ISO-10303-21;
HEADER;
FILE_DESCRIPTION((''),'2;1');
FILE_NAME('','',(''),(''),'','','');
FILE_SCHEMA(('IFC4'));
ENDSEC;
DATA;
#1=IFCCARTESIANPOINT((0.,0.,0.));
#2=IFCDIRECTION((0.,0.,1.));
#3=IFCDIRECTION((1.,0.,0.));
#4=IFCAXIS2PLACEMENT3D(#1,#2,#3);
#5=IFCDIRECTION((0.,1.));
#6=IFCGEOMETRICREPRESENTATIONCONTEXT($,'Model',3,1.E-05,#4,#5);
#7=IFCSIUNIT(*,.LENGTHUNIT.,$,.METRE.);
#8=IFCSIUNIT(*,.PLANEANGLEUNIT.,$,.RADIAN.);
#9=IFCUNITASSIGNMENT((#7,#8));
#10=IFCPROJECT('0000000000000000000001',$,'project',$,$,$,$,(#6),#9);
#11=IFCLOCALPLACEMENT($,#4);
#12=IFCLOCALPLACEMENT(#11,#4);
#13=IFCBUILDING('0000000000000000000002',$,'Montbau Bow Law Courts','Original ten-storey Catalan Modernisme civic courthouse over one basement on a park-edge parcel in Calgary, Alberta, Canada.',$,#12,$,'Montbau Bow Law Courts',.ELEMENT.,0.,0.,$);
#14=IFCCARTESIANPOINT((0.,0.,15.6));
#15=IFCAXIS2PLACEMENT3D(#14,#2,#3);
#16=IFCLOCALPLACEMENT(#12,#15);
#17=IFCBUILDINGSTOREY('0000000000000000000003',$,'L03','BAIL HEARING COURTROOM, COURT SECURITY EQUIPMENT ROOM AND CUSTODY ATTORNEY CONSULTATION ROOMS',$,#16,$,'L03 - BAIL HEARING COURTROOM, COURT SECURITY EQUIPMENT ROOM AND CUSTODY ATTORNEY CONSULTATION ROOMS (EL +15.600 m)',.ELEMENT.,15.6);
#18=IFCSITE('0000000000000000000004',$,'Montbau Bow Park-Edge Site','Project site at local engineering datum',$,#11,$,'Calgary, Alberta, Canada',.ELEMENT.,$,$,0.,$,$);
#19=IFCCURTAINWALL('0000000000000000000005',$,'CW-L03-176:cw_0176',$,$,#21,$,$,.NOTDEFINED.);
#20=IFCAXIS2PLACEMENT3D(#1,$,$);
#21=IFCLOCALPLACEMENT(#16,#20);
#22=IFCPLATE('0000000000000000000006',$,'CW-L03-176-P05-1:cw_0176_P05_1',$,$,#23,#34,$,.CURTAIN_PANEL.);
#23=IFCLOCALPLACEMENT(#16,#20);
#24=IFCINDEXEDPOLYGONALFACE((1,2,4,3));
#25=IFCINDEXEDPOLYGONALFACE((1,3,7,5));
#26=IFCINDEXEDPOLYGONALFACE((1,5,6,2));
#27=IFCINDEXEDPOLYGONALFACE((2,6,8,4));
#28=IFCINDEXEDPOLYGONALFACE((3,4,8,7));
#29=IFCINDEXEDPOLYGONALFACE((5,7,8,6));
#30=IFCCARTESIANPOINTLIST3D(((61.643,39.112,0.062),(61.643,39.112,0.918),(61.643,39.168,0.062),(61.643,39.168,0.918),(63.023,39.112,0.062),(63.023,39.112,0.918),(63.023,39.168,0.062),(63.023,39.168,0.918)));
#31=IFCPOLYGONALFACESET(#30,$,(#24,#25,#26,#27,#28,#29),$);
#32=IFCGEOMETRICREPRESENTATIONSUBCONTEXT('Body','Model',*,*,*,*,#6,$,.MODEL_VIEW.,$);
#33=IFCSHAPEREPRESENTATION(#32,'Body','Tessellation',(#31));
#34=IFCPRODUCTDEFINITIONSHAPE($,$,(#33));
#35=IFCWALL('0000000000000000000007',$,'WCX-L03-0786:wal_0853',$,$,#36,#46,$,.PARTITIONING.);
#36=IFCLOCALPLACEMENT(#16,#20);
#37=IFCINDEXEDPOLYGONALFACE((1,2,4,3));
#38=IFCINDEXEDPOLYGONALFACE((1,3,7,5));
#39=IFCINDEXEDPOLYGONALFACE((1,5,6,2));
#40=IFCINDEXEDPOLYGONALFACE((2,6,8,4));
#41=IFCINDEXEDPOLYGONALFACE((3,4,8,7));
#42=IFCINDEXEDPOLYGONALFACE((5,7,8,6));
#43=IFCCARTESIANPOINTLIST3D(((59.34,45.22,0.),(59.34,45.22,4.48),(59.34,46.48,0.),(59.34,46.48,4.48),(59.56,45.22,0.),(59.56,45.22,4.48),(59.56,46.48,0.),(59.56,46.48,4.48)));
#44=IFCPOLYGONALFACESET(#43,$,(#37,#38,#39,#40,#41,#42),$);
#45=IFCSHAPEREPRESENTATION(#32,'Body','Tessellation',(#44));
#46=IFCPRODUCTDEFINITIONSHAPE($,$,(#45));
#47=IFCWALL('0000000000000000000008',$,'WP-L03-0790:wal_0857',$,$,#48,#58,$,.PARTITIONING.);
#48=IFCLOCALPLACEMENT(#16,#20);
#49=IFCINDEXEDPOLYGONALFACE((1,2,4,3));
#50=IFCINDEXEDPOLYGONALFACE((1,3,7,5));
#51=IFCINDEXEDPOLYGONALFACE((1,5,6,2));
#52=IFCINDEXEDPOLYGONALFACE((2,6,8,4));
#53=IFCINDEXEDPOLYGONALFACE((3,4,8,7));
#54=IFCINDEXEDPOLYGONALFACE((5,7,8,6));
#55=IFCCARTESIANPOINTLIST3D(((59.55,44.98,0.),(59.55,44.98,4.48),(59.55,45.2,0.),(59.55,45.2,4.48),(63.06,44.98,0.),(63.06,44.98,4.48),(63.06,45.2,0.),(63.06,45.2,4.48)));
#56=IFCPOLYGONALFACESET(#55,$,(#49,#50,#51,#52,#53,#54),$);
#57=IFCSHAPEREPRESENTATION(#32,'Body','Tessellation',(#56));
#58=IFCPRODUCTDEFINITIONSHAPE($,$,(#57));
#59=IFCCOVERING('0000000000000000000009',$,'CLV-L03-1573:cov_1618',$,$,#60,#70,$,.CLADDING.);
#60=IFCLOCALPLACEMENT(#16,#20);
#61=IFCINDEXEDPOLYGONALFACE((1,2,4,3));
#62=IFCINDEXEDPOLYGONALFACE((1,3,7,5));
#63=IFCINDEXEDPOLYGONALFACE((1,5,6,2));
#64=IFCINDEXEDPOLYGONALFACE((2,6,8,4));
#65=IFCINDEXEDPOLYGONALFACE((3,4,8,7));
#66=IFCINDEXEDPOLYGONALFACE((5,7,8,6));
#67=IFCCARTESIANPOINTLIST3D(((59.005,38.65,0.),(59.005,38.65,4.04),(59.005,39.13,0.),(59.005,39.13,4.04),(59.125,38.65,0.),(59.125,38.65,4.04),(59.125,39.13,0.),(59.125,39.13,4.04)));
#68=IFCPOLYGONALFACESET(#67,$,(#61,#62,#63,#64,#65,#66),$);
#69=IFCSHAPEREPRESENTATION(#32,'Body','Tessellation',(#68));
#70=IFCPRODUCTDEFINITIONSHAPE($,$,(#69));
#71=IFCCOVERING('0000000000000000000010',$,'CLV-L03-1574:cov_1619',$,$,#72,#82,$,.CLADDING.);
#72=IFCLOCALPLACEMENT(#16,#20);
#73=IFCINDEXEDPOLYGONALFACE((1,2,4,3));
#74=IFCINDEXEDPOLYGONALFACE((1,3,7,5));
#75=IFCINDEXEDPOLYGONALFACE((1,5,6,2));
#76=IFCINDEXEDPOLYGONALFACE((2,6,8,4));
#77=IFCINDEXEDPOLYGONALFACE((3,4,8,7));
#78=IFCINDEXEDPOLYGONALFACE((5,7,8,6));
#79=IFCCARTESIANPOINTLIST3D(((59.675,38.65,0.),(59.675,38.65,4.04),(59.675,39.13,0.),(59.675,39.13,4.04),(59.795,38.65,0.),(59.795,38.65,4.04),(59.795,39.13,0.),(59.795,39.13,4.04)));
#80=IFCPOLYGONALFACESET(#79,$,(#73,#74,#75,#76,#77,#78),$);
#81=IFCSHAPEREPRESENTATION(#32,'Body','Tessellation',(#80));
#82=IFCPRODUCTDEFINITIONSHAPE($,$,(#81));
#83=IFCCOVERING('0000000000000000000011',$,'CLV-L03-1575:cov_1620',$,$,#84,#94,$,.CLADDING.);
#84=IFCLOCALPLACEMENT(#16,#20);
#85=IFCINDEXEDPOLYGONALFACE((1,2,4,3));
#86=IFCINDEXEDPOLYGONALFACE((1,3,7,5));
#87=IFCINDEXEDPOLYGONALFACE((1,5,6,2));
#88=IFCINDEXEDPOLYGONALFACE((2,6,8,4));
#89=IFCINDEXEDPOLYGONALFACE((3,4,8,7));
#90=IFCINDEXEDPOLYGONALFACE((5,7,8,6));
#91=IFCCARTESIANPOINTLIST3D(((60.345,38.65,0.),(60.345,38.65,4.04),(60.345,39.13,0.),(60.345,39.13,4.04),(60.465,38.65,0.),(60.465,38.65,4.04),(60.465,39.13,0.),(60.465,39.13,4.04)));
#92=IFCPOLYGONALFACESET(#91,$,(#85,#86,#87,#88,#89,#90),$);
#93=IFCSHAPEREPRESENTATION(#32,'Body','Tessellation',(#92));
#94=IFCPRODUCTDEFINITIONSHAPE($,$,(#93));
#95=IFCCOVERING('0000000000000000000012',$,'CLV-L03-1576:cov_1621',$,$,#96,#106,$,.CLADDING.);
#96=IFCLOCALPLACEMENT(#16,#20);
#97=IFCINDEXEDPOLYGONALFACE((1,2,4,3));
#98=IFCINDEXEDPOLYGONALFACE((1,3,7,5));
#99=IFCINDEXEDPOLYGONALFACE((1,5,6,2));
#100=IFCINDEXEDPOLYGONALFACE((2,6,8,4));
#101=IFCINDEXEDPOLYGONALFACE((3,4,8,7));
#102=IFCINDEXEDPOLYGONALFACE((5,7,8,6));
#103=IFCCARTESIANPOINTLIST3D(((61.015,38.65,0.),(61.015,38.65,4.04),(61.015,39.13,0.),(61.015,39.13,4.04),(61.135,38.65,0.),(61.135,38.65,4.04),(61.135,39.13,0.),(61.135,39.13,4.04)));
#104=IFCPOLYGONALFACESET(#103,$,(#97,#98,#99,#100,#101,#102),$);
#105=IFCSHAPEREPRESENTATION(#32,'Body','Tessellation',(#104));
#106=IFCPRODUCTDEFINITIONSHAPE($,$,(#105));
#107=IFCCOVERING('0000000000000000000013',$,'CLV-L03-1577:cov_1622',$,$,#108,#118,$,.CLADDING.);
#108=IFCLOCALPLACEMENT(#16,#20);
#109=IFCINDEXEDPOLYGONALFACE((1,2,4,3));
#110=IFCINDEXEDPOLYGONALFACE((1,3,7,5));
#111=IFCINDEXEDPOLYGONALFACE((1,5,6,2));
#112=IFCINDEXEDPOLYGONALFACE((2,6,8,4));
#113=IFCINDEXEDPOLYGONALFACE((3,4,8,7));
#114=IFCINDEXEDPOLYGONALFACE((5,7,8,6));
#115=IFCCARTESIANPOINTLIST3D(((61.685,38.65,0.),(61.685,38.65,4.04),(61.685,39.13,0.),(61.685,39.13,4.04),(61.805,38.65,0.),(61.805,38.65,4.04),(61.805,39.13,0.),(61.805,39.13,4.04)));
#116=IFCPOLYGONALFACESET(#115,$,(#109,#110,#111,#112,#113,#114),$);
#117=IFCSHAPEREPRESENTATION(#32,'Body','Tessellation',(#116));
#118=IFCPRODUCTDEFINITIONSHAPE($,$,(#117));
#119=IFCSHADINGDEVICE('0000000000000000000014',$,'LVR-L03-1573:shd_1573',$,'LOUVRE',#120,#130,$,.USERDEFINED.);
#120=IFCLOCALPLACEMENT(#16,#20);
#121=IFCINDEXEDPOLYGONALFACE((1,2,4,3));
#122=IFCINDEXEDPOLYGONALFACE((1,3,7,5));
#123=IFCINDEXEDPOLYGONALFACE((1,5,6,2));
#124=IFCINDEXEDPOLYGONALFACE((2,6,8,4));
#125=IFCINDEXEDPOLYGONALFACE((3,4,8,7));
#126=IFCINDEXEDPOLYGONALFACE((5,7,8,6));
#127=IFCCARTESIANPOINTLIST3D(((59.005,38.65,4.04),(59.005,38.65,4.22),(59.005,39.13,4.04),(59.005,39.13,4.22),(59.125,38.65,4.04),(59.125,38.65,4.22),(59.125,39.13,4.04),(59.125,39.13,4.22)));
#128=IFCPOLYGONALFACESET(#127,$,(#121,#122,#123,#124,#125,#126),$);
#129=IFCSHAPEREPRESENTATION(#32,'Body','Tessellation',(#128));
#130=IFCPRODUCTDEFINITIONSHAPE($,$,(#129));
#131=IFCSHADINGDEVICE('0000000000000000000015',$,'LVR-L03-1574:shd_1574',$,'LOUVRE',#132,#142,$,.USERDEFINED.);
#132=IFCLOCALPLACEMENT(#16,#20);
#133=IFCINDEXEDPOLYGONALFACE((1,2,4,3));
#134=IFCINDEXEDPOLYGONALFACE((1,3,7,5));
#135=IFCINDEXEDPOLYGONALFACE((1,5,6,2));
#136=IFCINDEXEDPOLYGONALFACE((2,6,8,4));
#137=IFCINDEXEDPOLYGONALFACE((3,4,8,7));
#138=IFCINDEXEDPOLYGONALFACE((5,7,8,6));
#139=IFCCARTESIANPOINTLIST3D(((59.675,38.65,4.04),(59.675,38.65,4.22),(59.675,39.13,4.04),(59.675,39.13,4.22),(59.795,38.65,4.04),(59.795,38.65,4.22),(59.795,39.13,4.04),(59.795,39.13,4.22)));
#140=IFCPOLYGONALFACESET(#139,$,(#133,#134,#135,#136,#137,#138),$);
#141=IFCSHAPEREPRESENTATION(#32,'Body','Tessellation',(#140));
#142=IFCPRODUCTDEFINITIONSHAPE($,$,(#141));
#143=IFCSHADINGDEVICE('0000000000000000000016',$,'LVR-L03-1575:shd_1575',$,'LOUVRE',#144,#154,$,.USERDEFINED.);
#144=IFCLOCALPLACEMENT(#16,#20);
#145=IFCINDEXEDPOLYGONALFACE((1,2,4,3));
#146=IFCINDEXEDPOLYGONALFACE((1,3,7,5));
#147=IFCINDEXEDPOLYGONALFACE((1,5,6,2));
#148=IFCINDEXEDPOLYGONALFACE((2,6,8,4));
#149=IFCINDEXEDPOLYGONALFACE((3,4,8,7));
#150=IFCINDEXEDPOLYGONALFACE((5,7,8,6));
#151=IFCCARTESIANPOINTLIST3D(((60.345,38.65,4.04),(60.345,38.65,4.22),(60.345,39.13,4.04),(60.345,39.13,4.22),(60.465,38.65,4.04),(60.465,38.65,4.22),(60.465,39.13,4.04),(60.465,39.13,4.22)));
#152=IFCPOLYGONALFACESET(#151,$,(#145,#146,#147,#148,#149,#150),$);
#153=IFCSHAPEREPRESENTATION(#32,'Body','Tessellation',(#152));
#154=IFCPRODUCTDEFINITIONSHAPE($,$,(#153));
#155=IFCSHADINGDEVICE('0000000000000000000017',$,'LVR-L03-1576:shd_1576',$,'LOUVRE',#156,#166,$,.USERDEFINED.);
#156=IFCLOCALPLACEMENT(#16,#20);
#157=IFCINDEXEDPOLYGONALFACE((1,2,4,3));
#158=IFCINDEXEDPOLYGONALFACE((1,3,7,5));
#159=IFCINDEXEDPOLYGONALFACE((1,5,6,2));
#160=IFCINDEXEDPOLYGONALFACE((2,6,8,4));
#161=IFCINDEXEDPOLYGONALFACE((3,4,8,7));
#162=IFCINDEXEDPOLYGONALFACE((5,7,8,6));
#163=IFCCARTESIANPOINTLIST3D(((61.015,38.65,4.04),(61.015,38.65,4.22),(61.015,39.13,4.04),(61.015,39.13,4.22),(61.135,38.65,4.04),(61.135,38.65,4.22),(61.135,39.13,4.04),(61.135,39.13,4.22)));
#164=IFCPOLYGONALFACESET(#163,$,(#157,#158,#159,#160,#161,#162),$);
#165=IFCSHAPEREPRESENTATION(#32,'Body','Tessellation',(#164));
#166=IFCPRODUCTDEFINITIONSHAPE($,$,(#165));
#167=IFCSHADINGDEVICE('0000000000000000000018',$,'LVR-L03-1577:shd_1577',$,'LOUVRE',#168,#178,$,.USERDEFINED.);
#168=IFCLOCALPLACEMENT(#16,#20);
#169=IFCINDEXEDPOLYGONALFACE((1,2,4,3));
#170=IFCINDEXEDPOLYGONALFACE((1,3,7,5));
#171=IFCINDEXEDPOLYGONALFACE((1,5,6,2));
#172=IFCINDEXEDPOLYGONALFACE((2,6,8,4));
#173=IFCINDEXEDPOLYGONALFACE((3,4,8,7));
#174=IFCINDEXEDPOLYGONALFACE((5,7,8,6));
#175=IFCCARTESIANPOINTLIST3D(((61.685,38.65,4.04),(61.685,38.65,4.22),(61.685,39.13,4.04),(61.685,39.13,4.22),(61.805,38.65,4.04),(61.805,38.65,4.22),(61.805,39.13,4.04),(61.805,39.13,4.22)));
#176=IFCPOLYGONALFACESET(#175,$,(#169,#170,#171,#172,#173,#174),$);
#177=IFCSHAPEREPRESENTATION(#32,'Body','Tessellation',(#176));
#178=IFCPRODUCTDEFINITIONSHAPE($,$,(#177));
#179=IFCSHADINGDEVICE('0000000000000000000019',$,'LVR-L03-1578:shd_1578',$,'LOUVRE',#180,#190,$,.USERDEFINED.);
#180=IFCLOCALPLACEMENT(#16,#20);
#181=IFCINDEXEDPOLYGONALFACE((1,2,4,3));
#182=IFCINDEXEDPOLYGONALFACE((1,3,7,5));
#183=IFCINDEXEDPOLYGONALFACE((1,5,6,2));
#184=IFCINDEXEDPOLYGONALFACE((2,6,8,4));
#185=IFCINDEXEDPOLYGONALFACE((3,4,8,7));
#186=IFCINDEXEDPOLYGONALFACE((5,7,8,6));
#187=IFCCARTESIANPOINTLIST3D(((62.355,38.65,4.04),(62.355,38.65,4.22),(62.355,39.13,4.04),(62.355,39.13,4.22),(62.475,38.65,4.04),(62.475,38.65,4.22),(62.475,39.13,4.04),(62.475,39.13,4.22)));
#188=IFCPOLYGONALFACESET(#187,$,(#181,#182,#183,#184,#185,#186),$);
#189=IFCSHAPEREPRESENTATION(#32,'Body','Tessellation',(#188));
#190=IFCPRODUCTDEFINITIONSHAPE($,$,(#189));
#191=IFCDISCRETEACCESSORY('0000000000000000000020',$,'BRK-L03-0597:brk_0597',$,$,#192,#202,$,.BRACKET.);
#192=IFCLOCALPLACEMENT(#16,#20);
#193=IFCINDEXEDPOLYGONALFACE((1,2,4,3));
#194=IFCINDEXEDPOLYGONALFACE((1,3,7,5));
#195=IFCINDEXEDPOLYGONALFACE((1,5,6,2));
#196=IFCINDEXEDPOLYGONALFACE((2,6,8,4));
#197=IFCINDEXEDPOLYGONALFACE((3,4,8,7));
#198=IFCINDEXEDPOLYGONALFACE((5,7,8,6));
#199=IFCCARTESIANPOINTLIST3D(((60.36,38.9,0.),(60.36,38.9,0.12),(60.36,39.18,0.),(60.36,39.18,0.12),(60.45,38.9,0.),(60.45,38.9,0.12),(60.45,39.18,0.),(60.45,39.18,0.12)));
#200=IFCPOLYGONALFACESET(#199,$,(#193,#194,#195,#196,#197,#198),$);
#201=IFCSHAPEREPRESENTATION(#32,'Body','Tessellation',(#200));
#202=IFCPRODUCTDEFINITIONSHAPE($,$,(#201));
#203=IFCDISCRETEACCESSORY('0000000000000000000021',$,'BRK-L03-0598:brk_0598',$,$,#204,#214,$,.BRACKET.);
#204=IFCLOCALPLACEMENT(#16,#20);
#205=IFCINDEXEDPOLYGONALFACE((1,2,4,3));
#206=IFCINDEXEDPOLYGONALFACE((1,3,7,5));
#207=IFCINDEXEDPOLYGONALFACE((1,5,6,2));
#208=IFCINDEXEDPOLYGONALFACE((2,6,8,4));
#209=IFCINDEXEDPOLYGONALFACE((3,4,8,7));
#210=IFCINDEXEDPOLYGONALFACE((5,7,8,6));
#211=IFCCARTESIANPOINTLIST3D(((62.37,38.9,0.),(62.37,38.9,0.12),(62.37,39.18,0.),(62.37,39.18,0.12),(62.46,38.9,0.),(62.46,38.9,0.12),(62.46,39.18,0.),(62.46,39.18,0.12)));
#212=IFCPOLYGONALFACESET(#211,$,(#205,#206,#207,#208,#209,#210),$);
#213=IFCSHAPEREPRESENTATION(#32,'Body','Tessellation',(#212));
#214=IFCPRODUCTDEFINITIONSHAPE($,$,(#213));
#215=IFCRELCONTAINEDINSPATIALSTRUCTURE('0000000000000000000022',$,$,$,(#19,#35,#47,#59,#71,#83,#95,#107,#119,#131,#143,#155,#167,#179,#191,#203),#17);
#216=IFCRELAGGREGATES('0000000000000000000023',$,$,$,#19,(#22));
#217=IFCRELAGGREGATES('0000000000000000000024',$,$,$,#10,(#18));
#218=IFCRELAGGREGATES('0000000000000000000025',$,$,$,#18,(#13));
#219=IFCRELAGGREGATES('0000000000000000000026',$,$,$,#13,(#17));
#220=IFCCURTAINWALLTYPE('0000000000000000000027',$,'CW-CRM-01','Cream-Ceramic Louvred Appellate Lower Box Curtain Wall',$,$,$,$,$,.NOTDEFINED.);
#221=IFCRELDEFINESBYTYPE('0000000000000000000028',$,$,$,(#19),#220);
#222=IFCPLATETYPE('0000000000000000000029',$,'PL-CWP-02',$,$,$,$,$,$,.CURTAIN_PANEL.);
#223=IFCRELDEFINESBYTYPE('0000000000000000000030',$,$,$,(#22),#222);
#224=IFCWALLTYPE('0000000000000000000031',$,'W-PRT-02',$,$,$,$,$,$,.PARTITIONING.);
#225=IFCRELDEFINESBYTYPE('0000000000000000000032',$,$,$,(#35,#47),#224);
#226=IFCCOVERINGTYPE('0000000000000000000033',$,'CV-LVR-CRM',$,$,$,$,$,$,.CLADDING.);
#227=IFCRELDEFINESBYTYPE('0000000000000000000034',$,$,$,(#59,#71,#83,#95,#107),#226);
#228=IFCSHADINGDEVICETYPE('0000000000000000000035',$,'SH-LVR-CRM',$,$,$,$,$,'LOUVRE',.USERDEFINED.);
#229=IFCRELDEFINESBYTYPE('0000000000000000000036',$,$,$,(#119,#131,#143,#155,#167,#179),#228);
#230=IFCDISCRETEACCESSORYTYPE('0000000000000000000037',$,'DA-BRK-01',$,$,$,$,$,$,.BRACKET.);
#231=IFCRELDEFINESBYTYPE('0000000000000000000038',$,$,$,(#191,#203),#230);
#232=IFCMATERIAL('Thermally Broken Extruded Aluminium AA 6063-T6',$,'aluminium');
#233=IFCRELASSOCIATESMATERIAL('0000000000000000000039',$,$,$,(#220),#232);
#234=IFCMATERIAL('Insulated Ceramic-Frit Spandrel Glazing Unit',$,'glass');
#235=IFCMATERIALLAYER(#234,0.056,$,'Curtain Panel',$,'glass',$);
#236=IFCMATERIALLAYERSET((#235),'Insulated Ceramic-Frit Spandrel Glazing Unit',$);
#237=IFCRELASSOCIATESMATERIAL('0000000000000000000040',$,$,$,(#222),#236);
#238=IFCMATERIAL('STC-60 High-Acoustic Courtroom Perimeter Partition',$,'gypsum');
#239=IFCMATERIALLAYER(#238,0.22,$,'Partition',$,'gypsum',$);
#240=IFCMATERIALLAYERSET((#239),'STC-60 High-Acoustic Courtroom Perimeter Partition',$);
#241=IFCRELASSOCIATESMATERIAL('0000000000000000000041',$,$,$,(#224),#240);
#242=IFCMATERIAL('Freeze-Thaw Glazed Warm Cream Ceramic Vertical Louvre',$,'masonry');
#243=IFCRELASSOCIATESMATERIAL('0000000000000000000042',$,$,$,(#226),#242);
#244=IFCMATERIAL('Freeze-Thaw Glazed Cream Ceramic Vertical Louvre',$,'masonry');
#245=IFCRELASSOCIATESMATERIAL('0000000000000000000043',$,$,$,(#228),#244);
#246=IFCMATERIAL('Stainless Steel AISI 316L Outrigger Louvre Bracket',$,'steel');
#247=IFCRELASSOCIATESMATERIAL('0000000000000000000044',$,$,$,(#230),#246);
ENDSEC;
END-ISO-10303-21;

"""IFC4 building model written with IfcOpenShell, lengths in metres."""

from ifc_helpers import new_model, si_unit, direction, frame, frame_2d, origin_with_axes, origin_2d_with_axis, place, context, subcontext, project, spatial, rectangle, extrude, material, layer, layer_set, type_object, element, aggregate, save


model = new_model("IFC4")

# Units and contexts
model_context = context("Model", 3, precision=1e-05, world=origin_with_axes(), true_north=direction((0.0, 1.0)))
body_context = subcontext(model_context, "Body", "Model", "MODEL_VIEW")
ifc_project = project(units=[si_unit("LENGTHUNIT", "METRE"), si_unit("PLANEANGLEUNIT", "RADIAN")], contexts=[model_context])

# Site, building, storey
site_placement = place(None, origin_with_axes())
site = spatial("IfcSite", under=ifc_project, at=site_placement, Name="Montbau Bow Park-Edge Site", Description="Project site at local engineering datum", LongName="Calgary, Alberta, Canada", CompositionType="ELEMENT", RefElevation=0.0)
building_placement = place(site_placement, origin_with_axes())
building = spatial("IfcBuilding", under=site, at=building_placement, Name="Montbau Bow Law Courts", Description="Original ten-storey Catalan Modernisme civic courthouse over one basement on a park-edge parcel in Calgary, Alberta, Canada.", LongName="Montbau Bow Law Courts", CompositionType="ELEMENT", ElevationOfRefHeight=0.0, ElevationOfTerrain=0.0)
storey_placement = place(building_placement, frame((0.0, 0.0, 15.6), z_axis=(0.0, 0.0, 1.0), x_axis=(1.0, 0.0, 0.0)))
storey = spatial("IfcBuildingStorey", under=building, at=storey_placement, Name="L03", Description="BAIL HEARING COURTROOM, COURT SECURITY EQUIPMENT ROOM AND CUSTODY ATTORNEY CONSULTATION ROOMS", LongName="L03 - BAIL HEARING COURTROOM, COURT SECURITY EQUIPMENT ROOM AND CUSTODY ATTORNEY CONSULTATION ROOMS (EL +15.600 m)", CompositionType="ELEMENT", Elevation=15.6)

# Curtain wall, plate
ifc_material_1 = material(Name="Thermally Broken Extruded Aluminium AA 6063-T6", Category="aluminium")
curtain_wall_type = type_object("IfcCurtainWallType", Name="CW-CRM-01", Description="Cream-Ceramic Louvred Appellate Lower Box Curtain Wall", PredefinedType="NOTDEFINED", material=ifc_material_1)
curtain_wall_placement = place(None, frame((55.715, 39.14, 15.6), z_axis=(0.0, 0.0, 1.0), x_axis=(1.0, 0.0, 0.0)))
curtain_wall = element("IfcCurtainWall", 1, at=curtain_wall_placement, inside=storey, type_object=curtain_wall_type, Name="CW-L03-176:cw_0176", PredefinedType="NOTDEFINED")
ifc_material_2 = material(Name="Insulated Ceramic-Frit Spandrel Glazing Unit", Category="glass")
ifc_layer_1 = layer(ifc_material_2, 0.056, Name="Curtain Panel", Category="glass")
ifc_layer_set_1 = layer_set([ifc_layer_1], Name="Insulated Ceramic-Frit Spandrel Glazing Unit")
plate_type_1 = type_object("IfcPlateType", Name="PL-CWP-02", PredefinedType="CURTAIN_PANEL", material=ifc_layer_set_1)
plate_1_placement = place(None, frame((61.643, 39.14, 15.662), z_axis=(0.0, -1.0, 0.0), x_axis=(1.0, 0.0, 0.0)))
plate_1 = element("IfcPlate", 2, at=plate_1_placement, type_object=plate_type_1, Name="CW-L03-176-P05-1:cw_0176_P05_1", PredefinedType="CURTAIN_PANEL", context=body_context, shape_type="SweptSolid", body=[
    extrude(rectangle(XDim=1.38, YDim=0.856, at=frame_2d((0.69, 0.428), x_axis=(1.0, 0.0))), frame((0.0, 0.0, -0.028), z_axis=(0.0, 0.0, 1.0), x_axis=(1.0, 0.0, 0.0)), (0.0, 0.0, 1.0), 0.056),
])
aggregate(curtain_wall, [plate_1])

# Walls
ifc_material_3 = material(Name="STC-60 High-Acoustic Courtroom Perimeter Partition", Category="gypsum")
ifc_layer_2 = layer(ifc_material_3, 0.22, Name="Partition", Category="gypsum")
ifc_layer_set_2 = layer_set([ifc_layer_2], Name="STC-60 High-Acoustic Courtroom Perimeter Partition")
wall_type = type_object("IfcWallType", Name="W-PRT-02", PredefinedType="PARTITIONING", material=ifc_layer_set_2)
wall_1_placement = place(None, frame((59.45, 45.22, 15.6), z_axis=(0.0, 0.0, 1.0), x_axis=(0.0, 1.0, 0.0)))
element("IfcWall", 3, at=wall_1_placement, inside=storey, type_object=wall_type, Name="WCX-L03-0786:wal_0853", PredefinedType="PARTITIONING", context=body_context, shape_type="SweptSolid", body=[
    extrude(rectangle(XDim=1.26, YDim=0.22, at=frame_2d((0.63, 0.0), x_axis=(1.0, 0.0))), origin_with_axes(), (0.0, 0.0, 1.0), 4.48),
])
wall_2_placement = place(None, frame((59.55, 45.09, 15.6), z_axis=(0.0, 0.0, 1.0), x_axis=(1.0, 0.0, 0.0)))
element("IfcWall", 4, at=wall_2_placement, inside=storey, type_object=wall_type, Name="WP-L03-0790:wal_0857", PredefinedType="PARTITIONING", context=body_context, shape_type="SweptSolid", body=[
    extrude(rectangle(XDim=3.51, YDim=0.22, at=frame_2d((1.755, 0.0), x_axis=(1.0, 0.0))), origin_with_axes(), (0.0, 0.0, 1.0), 4.48),
])

# Coverings
ifc_material_4 = material(Name="Freeze-Thaw Glazed Warm Cream Ceramic Vertical Louvre", Category="masonry")
covering_type = type_object("IfcCoveringType", Name="CV-LVR-CRM", PredefinedType="CLADDING", material=ifc_material_4)
for number, where, z_axis, x_axis, name in (
    (5, (59.065, 39.13, 15.6), (-1.0, 0.0, 0.0), (0.0, -1.0, 0.0), "CLV-L03-1573:cov_1618"),
    (6, (59.735, 39.13, 15.6), (-1.0, 0.0, 0.0), (0.0, -1.0, 0.0), "CLV-L03-1574:cov_1619"),
    (7, (60.405, 39.13, 15.6), (-1.0, 0.0, 0.0), (0.0, -1.0, 0.0), "CLV-L03-1575:cov_1620"),
    (8, (61.075, 39.13, 15.6), (-1.0, 0.0, 0.0), (0.0, -1.0, 0.0), "CLV-L03-1576:cov_1621"),
    (9, (61.745, 39.13, 15.6), (-1.0, 0.0, 0.0), (0.0, -1.0, 0.0), "CLV-L03-1577:cov_1622"),
):
    element("IfcCovering", number, at=place(None, frame(where, z_axis=z_axis, x_axis=x_axis)), inside=storey, type_object=covering_type, Name=name, PredefinedType="CLADDING", context=body_context, shape_type="SweptSolid", body=[
        extrude(rectangle(XDim=0.48, YDim=4.04, at=frame_2d((0.24, 2.02), x_axis=(1.0, 0.0))), frame((0.0, 0.0, -0.06), z_axis=(0.0, 0.0, 1.0), x_axis=(1.0, 0.0, 0.0)), (0.0, 0.0, 1.0), 0.12),
    ])

# Shading devices
ifc_material_5 = material(Name="Freeze-Thaw Glazed Cream Ceramic Vertical Louvre", Category="masonry")
shading_device_type = type_object("IfcShadingDeviceType", Name="SH-LVR-CRM", ElementType="LOUVRE", PredefinedType="USERDEFINED", material=ifc_material_5)
for number, where, z_axis, x_axis, name in (
    (10, (59.065, 38.89, 19.64), (0.0, 0.0, 1.0), (0.0, -1.0, 0.0), "LVR-L03-1573:shd_1573"),
    (11, (59.735, 38.89, 19.64), (0.0, 0.0, 1.0), (0.0, -1.0, 0.0), "LVR-L03-1574:shd_1574"),
    (12, (60.405, 38.89, 19.64), (0.0, 0.0, 1.0), (0.0, -1.0, 0.0), "LVR-L03-1575:shd_1575"),
    (13, (61.075, 38.89, 19.64), (0.0, 0.0, 1.0), (0.0, -1.0, 0.0), "LVR-L03-1576:shd_1576"),
    (14, (61.745, 38.89, 19.64), (0.0, 0.0, 1.0), (0.0, -1.0, 0.0), "LVR-L03-1577:shd_1577"),
    (15, (62.415, 38.89, 19.64), (0.0, 0.0, 1.0), (0.0, -1.0, 0.0), "LVR-L03-1578:shd_1578"),
):
    element("IfcShadingDevice", number, at=place(None, frame(where, z_axis=z_axis, x_axis=x_axis)), inside=storey, type_object=shading_device_type, Name=name, ObjectType="LOUVRE", PredefinedType="USERDEFINED", context=body_context, shape_type="SweptSolid", body=[
        extrude(rectangle(XDim=0.48, YDim=0.12, at=origin_2d_with_axis()), origin_with_axes(), (0.0, 0.0, 1.0), 0.18),
    ])

# Discrete accessories
ifc_material_6 = material(Name="Stainless Steel AISI 316L Outrigger Louvre Bracket", Category="steel")
discrete_accessory_type = type_object("IfcDiscreteAccessoryType", Name="DA-BRK-01", PredefinedType="BRACKET", material=ifc_material_6)
for number, where, z_axis, x_axis, name in (
    (16, (60.405, 39.04, 15.6), (0.0, 0.0, 1.0), (0.0, -1.0, 0.0), "BRK-L03-0597:brk_0597"),
    (17, (62.415, 39.04, 15.6), (0.0, 0.0, 1.0), (0.0, -1.0, 0.0), "BRK-L03-0598:brk_0598"),
):
    element("IfcDiscreteAccessory", number, at=place(None, frame(where, z_axis=z_axis, x_axis=x_axis)), inside=storey, type_object=discrete_accessory_type, Name=name, PredefinedType="BRACKET", context=body_context, shape_type="SweptSolid", body=[
        extrude(rectangle(XDim=0.28, YDim=0.09, at=origin_2d_with_axis()), origin_with_axes(), (0.0, 0.0, 1.0), 0.12),
    ])

save(model, "model.ifc")
